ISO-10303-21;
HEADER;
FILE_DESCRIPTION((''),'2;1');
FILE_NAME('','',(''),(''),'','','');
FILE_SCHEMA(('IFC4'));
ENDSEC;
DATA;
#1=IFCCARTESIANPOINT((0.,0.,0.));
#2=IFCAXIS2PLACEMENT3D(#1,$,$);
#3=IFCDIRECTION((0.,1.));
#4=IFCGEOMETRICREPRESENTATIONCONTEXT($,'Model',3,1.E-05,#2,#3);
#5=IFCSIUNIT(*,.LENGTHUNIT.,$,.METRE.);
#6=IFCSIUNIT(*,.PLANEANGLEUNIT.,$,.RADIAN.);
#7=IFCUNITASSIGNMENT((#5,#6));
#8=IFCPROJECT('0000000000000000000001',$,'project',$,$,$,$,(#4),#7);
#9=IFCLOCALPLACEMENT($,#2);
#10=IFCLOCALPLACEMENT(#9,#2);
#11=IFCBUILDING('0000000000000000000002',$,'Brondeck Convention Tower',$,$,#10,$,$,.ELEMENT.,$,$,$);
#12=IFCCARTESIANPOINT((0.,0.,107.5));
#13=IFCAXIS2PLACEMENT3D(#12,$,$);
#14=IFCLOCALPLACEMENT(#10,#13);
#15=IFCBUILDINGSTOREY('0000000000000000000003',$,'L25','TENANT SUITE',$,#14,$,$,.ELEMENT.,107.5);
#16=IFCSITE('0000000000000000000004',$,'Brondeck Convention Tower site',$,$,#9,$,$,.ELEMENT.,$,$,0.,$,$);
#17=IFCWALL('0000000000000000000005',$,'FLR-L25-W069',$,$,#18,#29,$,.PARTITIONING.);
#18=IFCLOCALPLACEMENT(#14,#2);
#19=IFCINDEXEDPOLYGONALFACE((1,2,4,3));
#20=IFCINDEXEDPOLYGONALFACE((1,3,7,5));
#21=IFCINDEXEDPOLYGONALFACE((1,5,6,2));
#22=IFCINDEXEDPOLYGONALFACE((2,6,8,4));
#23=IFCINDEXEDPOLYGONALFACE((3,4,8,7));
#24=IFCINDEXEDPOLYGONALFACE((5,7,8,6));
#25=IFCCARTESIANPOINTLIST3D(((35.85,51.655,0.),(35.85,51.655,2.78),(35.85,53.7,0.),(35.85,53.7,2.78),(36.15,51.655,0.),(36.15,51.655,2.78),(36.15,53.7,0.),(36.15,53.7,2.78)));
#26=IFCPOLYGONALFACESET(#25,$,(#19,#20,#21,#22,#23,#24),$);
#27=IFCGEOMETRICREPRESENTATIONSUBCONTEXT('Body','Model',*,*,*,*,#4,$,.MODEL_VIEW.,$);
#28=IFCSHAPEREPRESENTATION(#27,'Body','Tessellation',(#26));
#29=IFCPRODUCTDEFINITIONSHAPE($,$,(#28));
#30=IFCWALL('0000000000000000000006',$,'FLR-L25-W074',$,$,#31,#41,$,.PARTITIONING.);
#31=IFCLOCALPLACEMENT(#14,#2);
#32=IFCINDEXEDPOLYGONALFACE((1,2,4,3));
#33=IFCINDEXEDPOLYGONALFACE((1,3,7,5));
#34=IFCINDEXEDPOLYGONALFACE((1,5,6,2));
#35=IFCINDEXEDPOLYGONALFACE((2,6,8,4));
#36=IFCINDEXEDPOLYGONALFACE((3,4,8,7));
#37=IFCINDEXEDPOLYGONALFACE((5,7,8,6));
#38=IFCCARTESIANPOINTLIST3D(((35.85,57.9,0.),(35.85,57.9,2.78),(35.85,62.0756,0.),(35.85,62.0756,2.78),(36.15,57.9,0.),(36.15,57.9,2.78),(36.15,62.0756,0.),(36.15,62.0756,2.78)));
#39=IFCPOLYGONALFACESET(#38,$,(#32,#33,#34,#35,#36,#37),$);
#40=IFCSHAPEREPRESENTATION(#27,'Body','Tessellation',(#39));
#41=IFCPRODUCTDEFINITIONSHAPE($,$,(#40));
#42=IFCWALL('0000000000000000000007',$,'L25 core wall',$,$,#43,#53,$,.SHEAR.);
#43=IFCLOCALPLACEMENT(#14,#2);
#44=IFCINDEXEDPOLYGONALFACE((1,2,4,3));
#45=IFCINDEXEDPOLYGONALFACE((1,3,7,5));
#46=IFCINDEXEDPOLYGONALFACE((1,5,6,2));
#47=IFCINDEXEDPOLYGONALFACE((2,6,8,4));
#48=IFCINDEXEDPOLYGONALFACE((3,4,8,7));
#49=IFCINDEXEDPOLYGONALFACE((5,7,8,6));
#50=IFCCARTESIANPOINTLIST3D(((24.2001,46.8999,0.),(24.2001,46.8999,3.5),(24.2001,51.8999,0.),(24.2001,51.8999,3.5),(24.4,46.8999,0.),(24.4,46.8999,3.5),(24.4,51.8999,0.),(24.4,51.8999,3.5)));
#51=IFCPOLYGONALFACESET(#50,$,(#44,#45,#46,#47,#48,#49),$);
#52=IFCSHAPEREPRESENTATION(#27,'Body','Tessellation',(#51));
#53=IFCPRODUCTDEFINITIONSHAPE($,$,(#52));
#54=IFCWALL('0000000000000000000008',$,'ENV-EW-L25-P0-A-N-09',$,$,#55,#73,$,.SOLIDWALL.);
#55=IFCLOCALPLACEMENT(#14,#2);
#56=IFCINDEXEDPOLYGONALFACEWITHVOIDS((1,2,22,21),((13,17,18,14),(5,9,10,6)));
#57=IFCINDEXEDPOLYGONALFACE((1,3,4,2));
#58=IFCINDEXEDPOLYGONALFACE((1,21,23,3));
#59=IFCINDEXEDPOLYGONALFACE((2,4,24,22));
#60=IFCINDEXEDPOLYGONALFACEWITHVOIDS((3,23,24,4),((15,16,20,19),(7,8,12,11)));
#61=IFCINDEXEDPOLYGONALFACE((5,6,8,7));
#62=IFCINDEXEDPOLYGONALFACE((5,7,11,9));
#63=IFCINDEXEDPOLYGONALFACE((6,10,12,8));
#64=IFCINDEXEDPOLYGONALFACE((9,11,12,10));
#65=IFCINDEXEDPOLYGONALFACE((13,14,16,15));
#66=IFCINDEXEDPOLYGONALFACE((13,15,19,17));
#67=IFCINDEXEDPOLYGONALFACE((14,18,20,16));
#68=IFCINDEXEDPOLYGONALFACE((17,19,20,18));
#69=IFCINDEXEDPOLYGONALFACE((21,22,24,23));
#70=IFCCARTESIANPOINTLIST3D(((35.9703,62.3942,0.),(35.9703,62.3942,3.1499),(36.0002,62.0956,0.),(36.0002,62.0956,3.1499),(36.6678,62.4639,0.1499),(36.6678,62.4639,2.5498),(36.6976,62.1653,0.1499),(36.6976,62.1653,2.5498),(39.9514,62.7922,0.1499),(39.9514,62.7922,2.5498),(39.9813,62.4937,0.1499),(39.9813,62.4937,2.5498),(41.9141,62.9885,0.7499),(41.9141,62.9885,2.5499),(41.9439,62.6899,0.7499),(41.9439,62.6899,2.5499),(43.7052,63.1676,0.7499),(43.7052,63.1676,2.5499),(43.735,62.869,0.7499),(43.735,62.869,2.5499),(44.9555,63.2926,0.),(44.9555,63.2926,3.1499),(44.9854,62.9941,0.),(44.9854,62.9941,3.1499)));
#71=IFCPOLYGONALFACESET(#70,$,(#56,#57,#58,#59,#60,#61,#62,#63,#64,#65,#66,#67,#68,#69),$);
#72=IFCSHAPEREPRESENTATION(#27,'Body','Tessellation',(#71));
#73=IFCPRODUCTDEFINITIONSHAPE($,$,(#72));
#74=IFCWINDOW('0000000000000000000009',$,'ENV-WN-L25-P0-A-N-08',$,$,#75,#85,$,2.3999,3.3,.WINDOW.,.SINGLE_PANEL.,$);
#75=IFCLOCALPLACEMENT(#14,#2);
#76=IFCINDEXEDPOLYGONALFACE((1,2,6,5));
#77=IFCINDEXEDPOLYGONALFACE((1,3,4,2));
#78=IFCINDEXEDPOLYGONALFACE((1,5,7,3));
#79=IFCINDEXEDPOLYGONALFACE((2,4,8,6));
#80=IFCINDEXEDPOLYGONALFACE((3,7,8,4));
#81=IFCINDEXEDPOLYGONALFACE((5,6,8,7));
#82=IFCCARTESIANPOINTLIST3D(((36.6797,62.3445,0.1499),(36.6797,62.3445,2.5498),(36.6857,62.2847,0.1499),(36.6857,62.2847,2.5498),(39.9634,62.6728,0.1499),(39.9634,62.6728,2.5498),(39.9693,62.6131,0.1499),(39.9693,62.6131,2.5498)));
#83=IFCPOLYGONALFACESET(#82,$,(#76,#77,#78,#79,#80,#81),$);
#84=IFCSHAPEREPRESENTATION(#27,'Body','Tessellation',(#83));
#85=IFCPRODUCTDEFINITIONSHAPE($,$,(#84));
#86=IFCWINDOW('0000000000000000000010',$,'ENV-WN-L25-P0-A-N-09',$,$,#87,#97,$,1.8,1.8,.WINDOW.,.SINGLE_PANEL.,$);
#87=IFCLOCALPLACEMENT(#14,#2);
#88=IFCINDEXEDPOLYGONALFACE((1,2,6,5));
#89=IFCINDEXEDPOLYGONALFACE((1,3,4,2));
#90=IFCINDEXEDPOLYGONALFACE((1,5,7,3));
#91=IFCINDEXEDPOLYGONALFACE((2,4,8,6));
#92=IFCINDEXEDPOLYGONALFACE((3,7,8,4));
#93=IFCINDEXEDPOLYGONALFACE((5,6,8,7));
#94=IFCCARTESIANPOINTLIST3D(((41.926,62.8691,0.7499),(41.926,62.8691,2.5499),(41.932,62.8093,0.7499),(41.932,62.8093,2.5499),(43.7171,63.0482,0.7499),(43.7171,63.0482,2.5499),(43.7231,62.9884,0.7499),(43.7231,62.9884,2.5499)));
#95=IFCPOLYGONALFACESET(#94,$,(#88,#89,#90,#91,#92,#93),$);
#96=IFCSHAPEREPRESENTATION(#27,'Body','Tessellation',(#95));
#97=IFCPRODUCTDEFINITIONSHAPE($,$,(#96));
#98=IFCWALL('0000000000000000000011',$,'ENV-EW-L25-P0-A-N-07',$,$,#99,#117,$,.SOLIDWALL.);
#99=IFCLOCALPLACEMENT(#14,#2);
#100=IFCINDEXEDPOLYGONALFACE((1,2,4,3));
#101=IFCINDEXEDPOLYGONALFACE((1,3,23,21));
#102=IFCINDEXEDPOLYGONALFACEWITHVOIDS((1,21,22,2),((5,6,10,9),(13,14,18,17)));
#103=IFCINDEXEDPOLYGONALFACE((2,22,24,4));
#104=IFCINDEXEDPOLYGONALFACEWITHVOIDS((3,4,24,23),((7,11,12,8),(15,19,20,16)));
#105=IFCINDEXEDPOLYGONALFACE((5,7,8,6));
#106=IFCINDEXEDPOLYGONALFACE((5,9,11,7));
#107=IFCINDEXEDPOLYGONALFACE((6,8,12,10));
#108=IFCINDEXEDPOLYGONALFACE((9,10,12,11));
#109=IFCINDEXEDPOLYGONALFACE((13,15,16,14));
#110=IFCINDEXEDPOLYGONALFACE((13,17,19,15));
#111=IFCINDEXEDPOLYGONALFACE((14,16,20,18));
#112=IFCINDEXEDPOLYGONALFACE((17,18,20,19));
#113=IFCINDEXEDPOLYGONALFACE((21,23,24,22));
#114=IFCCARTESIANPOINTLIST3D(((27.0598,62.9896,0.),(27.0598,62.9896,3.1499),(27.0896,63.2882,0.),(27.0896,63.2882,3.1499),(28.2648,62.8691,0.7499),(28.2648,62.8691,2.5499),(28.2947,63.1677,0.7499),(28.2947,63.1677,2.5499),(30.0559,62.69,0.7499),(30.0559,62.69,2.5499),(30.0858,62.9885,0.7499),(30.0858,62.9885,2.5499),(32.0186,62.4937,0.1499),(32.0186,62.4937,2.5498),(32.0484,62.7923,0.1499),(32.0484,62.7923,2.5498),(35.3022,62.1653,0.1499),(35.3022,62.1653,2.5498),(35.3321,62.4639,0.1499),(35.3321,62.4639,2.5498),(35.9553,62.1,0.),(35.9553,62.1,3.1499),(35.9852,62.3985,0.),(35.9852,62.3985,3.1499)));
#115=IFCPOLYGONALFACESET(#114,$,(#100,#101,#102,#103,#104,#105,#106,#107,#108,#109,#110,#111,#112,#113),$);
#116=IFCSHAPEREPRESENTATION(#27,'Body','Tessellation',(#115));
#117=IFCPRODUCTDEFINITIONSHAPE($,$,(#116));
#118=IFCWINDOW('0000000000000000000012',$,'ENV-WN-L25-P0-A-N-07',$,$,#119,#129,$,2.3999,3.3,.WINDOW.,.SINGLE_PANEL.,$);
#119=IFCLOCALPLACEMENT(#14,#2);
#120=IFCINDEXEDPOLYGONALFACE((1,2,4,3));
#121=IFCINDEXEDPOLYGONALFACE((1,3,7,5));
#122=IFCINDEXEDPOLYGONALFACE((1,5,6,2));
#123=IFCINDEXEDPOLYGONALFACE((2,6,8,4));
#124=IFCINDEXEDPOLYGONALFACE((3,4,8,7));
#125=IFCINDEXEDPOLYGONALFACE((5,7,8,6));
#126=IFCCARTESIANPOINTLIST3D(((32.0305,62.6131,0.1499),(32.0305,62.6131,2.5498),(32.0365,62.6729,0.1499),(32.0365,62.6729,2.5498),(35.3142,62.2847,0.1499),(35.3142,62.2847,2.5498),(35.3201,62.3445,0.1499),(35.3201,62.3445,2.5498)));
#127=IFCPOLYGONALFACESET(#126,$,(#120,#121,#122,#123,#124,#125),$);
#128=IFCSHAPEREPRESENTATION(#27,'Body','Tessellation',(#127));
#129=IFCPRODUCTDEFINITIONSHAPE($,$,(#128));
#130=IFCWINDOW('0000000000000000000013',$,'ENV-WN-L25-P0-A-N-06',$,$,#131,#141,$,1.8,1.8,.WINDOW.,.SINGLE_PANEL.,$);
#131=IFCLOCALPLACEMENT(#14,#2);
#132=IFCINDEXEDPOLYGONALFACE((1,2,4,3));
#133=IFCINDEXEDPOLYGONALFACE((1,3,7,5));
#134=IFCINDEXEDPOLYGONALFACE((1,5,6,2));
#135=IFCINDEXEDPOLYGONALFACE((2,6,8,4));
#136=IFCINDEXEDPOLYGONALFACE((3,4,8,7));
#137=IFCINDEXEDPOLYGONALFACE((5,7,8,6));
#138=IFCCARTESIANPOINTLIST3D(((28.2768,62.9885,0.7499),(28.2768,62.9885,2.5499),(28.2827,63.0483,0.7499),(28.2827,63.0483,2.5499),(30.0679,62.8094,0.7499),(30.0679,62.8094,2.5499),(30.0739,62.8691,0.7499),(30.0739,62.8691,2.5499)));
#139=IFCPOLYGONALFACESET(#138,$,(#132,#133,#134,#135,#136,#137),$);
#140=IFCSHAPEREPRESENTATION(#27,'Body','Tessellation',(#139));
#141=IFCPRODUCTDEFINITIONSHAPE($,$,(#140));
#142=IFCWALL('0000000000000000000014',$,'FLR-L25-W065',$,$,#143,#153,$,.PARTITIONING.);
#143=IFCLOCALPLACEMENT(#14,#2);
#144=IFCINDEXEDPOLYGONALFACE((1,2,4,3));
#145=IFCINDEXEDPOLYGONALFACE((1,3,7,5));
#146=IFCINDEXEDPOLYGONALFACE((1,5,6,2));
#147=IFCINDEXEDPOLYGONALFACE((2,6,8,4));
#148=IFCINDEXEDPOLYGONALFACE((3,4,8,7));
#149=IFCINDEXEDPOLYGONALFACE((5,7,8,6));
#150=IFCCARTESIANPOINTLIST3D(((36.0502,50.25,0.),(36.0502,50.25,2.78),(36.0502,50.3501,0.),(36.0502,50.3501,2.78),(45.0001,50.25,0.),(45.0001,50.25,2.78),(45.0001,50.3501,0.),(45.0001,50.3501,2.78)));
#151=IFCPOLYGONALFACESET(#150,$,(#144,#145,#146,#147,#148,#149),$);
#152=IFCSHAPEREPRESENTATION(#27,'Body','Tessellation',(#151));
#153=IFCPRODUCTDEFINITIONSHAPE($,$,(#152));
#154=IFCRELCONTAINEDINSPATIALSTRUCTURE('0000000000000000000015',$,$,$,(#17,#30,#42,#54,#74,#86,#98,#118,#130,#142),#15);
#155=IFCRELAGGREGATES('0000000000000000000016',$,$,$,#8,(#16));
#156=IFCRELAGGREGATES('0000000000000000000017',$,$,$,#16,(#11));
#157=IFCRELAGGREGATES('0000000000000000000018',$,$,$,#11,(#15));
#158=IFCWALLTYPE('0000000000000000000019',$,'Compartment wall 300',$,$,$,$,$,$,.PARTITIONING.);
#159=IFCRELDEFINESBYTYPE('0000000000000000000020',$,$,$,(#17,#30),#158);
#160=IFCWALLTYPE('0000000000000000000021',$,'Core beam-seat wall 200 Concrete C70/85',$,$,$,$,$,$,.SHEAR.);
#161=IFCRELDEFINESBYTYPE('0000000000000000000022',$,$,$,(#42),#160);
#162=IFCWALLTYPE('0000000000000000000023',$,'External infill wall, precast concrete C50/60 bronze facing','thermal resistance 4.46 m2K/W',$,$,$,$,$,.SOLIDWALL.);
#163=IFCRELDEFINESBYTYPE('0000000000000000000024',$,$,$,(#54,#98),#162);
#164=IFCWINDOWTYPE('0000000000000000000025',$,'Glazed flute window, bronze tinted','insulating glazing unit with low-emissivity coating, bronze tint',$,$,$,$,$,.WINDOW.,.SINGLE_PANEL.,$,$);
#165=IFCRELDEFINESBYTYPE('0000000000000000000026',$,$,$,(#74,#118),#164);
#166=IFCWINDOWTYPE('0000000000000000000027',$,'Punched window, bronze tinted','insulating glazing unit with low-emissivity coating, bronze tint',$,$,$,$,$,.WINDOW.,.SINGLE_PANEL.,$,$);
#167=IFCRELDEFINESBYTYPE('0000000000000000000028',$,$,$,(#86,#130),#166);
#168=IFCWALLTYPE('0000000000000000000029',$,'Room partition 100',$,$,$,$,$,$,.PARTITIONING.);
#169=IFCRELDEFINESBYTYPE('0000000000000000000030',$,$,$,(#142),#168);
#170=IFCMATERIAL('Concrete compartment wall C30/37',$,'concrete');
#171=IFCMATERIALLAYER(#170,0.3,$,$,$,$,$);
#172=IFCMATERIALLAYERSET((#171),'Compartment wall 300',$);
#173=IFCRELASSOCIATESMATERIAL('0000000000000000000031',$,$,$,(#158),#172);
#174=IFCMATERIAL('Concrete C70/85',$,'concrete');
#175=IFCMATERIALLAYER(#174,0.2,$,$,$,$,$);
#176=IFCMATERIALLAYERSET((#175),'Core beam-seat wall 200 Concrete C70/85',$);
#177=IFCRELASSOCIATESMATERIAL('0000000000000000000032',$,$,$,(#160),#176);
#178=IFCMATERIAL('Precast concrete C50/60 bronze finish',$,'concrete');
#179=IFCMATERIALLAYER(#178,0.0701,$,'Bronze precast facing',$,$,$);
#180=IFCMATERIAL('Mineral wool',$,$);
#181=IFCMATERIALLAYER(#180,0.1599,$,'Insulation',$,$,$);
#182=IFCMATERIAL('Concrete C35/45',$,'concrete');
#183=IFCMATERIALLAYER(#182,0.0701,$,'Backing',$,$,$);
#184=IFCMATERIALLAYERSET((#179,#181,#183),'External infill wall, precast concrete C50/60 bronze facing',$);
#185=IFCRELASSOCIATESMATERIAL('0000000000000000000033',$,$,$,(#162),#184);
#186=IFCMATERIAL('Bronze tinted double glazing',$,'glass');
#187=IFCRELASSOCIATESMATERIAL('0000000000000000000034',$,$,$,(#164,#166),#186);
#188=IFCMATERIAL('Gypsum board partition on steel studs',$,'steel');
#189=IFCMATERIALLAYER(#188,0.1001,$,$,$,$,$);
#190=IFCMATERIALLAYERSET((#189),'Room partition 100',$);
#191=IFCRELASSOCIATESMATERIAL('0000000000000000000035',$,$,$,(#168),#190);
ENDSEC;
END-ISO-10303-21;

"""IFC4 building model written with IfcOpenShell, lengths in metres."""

from ifc_helpers import new_model, si_unit, direction, frame, frame_2d, origin, place, context, subcontext, project, spatial, rectangle, extrude, material, layer, layer_set, type_object, element, fill, save


model = new_model("IFC4")

# Units and contexts
model_context = context("Model", 3, precision=1e-05, world=origin(), true_north=direction((0.0, 1.0)))
body_context = subcontext(model_context, "Body", "Model", "MODEL_VIEW")
ifc_project = project(units=[si_unit("LENGTHUNIT", "METRE"), si_unit("PLANEANGLEUNIT", "RADIAN")], contexts=[model_context])

# Site, building, storey
site_placement = place(None, origin())
site = spatial("IfcSite", under=ifc_project, at=site_placement, Name="Brondeck Convention Tower site", CompositionType="ELEMENT", RefElevation=0.0)
building_placement = place(site_placement, origin())
building = spatial("IfcBuilding", under=site, at=building_placement, Name="Brondeck Convention Tower", CompositionType="ELEMENT")
storey_placement = place(building_placement, frame((0.0, 0.0, 107.5)))
storey = spatial("IfcBuildingStorey", under=building, at=storey_placement, Name="L25", Description="TENANT SUITE", CompositionType="ELEMENT", Elevation=107.5)

# Shared definitions
ifc_material_1 = material(Name="Concrete C70/85", Category="concrete")

# Walls
ifc_material_2 = material(Name="Concrete compartment wall C30/37", Category="concrete")
ifc_layer_1 = layer(ifc_material_2, 0.3)
ifc_layer_set_1 = layer_set([ifc_layer_1], Name="Compartment wall 300")
wall_type_1 = type_object("IfcWallType", Name="Compartment wall 300", PredefinedType="PARTITIONING", material=ifc_layer_set_1)
wall_1_placement = place(storey_placement, frame((36.0, 51.655, 0.0), z_axis=(0.0, 0.0, 1.0), x_axis=(0.0, 1.0, 0.0)))
element("IfcWall", 1, at=wall_1_placement, inside=storey, type_object=wall_type_1, Name="FLR-L25-W069", PredefinedType="PARTITIONING", context=body_context, shape_type="SweptSolid", body=[
    extrude(rectangle(XDim=2.0449, YDim=0.3, at=frame_2d((1.0225, 0.0))), origin(), (0.0, 0.0, 1.0), 2.78),
])
wall_2_placement = place(storey_placement, frame((36.0, 57.8999, 0.0), z_axis=(0.0, 0.0, 1.0), x_axis=(0.0, 1.0, 0.0)))
element("IfcWall", 2, at=wall_2_placement, inside=storey, type_object=wall_type_1, Name="FLR-L25-W074", PredefinedType="PARTITIONING", context=body_context, shape_type="SweptSolid", body=[
    extrude(rectangle(XDim=4.1755, YDim=0.3, at=frame_2d((2.0879, 0.0))), origin(), (0.0, 0.0, 1.0), 2.78),
])
ifc_layer_2 = layer(ifc_material_1, 0.2)
ifc_layer_set_2 = layer_set([ifc_layer_2], Name="Core beam-seat wall 200 Concrete C70/85")
wall_type_2 = type_object("IfcWallType", Name="Core beam-seat wall 200 Concrete C70/85", PredefinedType="SHEAR", material=ifc_layer_set_2)
wall_3_placement = place(storey_placement, frame((24.3, 46.8999, 0.0), z_axis=(0.0, 0.0, 1.0), x_axis=(0.0, 1.0, 0.0)))
element("IfcWall", 3, at=wall_3_placement, inside=storey, type_object=wall_type_2, Name="L25 core wall", PredefinedType="SHEAR", context=body_context, shape_type="SweptSolid", body=[
    extrude(rectangle(XDim=5.0, YDim=0.2, at=frame_2d((2.5, 0.0))), origin(), (0.0, 0.0, 1.0), 3.5),
])

# Walls, openings, windows
ifc_material_3 = material(Name="Precast concrete C50/60 bronze finish", Category="concrete")
ifc_layer_3 = layer(ifc_material_3, 0.0701, Name="Bronze precast facing")
ifc_material_4 = material(Name="Mineral wool")
ifc_layer_4 = layer(ifc_material_4, 0.1599, Name="Insulation")
ifc_material_5 = material(Name="Concrete C35/45", Category="concrete")
ifc_layer_5 = layer(ifc_material_5, 0.0701, Name="Backing")
ifc_layer_set_3 = layer_set([ifc_layer_3, ifc_layer_4, ifc_layer_5], Name="External infill wall, precast concrete C50/60 bronze facing")
wall_type_3 = type_object("IfcWallType", Name="External infill wall, precast concrete C50/60 bronze facing", Description="thermal resistance 4.46 m2K/W", PredefinedType="SOLIDWALL", material=ifc_layer_set_3)
wall_4_placement = place(storey_placement, frame((35.9851, 62.2449, 0.0), z_axis=(0.0, 0.0, 1.0), x_axis=(0.995038, 0.099496, 0.0)))
wall_4 = element("IfcWall", 4, at=wall_4_placement, inside=storey, type_object=wall_type_3, Name="ENV-EW-L25-P0-A-N-09", PredefinedType="SOLIDWALL", context=body_context, shape_type="SweptSolid", body=[
    extrude(rectangle(XDim=9.03, YDim=0.3, at=frame_2d((4.5151, 0.0))), origin(), (0.0, 0.0, 1.0), 3.1499),
])
opening_1_placement = place(wall_4_placement, frame((0.7012, 0.0, 0.1499)))
opening_1 = element("IfcOpeningElement", 5, at=opening_1_placement, cuts=wall_4, PredefinedType="OPENING", context=body_context, shape_type="SweptSolid", body=[
    extrude(rectangle(XDim=3.3, YDim=2.3999, at=frame_2d((1.6499, 1.2))), frame((0.0, 0.1599, 0.0), z_axis=(0.0, -1.0, 0.0), x_axis=(1.0, 0.0, 0.0)), (0.0, 0.0, 1.0), 0.3201),
])
opening_2_placement = place(wall_4_placement, frame((5.9736, 0.0, 0.75)))
opening_2 = element("IfcOpeningElement", 6, at=opening_2_placement, cuts=wall_4, PredefinedType="OPENING", context=body_context, shape_type="SweptSolid", body=[
    extrude(rectangle(XDim=1.8, YDim=1.8, at=frame_2d((0.8999, 0.8999))), frame((0.0, 0.1599, 0.0), z_axis=(0.0, -1.0, 0.0), x_axis=(1.0, 0.0, 0.0)), (0.0, 0.0, 1.0), 0.3201),
])
ifc_material_6 = material(Name="Bronze tinted double glazing", Category="glass")
window_type_1 = type_object("IfcWindowType", Name="Glazed flute window, bronze tinted", Description="insulating glazing unit with low-emissivity coating, bronze tint", PartitioningType="SINGLE_PANEL", PredefinedType="WINDOW", material=ifc_material_6)
window_1_placement = place(opening_1_placement, origin())
window_1 = element("IfcWindow", 7, at=window_1_placement, inside=storey, type_object=window_type_1, Name="ENV-WN-L25-P0-A-N-08", OverallHeight=2.3999, OverallWidth=3.3, PartitioningType="SINGLE_PANEL", PredefinedType="WINDOW", context=body_context, shape_type="SweptSolid", body=[
    extrude(rectangle(XDim=3.3, YDim=2.3999, at=frame_2d((1.6499, 1.2))), frame((0.0, 0.03, 0.0), z_axis=(0.0, -1.0, 0.0), x_axis=(1.0, 0.0, 0.0)), (0.0, 0.0, 1.0), 0.0601),
])
fill(opening_1, window_1)
window_type_2 = type_object("IfcWindowType", Name="Punched window, bronze tinted", Description="insulating glazing unit with low-emissivity coating, bronze tint", PartitioningType="SINGLE_PANEL", PredefinedType="WINDOW", material=ifc_material_6)
window_2_placement = place(opening_2_placement, origin())
window_2 = element("IfcWindow", 8, at=window_2_placement, inside=storey, type_object=window_type_2, Name="ENV-WN-L25-P0-A-N-09", OverallHeight=1.8, OverallWidth=1.8, PartitioningType="SINGLE_PANEL", PredefinedType="WINDOW", context=body_context, shape_type="SweptSolid", body=[
    extrude(rectangle(XDim=1.8, YDim=1.8, at=frame_2d((0.8999, 0.8999))), frame((0.0, 0.03, 0.0), z_axis=(0.0, -1.0, 0.0), x_axis=(1.0, 0.0, 0.0)), (0.0, 0.0, 1.0), 0.0601),
])
fill(opening_2, window_2)
wall_5_placement = place(storey_placement, frame((27.0747, 63.1389, 0.0), z_axis=(0.0, 0.0, 1.0), x_axis=(0.995036, -0.099515, 0.0)))
wall_5 = element("IfcWall", 9, at=wall_5_placement, inside=storey, type_object=wall_type_3, Name="ENV-EW-L25-P0-A-N-07", PredefinedType="SOLIDWALL", context=body_context, shape_type="SweptSolid", body=[
    extrude(rectangle(XDim=8.9399, YDim=0.3, at=frame_2d((4.47, 0.0))), origin(), (0.0, 0.0, 1.0), 3.1499),
])
opening_3_placement = place(wall_5_placement, frame((1.2112, 0.0, 0.75)))
opening_3 = element("IfcOpeningElement", 10, at=opening_3_placement, cuts=wall_5, PredefinedType="OPENING", context=body_context, shape_type="SweptSolid", body=[
    extrude(rectangle(XDim=1.8, YDim=1.8, at=frame_2d((0.8999, 0.8999))), frame((0.0, 0.1599, 0.0), z_axis=(0.0, -1.0, 0.0), x_axis=(1.0, 0.0, 0.0)), (0.0, 0.0, 1.0), 0.3201),
])
opening_4_placement = place(wall_5_placement, frame((4.9836, 0.0, 0.1499)))
opening_4 = element("IfcOpeningElement", 11, at=opening_4_placement, cuts=wall_5, PredefinedType="OPENING", context=body_context, shape_type="SweptSolid", body=[
    extrude(rectangle(XDim=3.3, YDim=2.3999, at=frame_2d((1.6499, 1.2))), frame((0.0, 0.1599, 0.0), z_axis=(0.0, -1.0, 0.0), x_axis=(1.0, 0.0, 0.0)), (0.0, 0.0, 1.0), 0.3201),
])
window_3_placement = place(opening_4_placement, origin())
window_3 = element("IfcWindow", 12, at=window_3_placement, inside=storey, type_object=window_type_1, Name="ENV-WN-L25-P0-A-N-07", OverallHeight=2.3999, OverallWidth=3.3, PartitioningType="SINGLE_PANEL", PredefinedType="WINDOW", context=body_context, shape_type="SweptSolid", body=[
    extrude(rectangle(XDim=3.3, YDim=2.3999, at=frame_2d((1.6499, 1.2))), frame((0.0, 0.03, 0.0), z_axis=(0.0, -1.0, 0.0), x_axis=(1.0, 0.0, 0.0)), (0.0, 0.0, 1.0), 0.0601),
])
fill(opening_4, window_3)
window_4_placement = place(opening_3_placement, origin())
window_4 = element("IfcWindow", 13, at=window_4_placement, inside=storey, type_object=window_type_2, Name="ENV-WN-L25-P0-A-N-06", OverallHeight=1.8, OverallWidth=1.8, PartitioningType="SINGLE_PANEL", PredefinedType="WINDOW", context=body_context, shape_type="SweptSolid", body=[
    extrude(rectangle(XDim=1.8, YDim=1.8, at=frame_2d((0.8999, 0.8999))), frame((0.0, 0.03, 0.0), z_axis=(0.0, -1.0, 0.0), x_axis=(1.0, 0.0, 0.0)), (0.0, 0.0, 1.0), 0.0601),
])
fill(opening_3, window_4)

# Wall
ifc_material_7 = material(Name="Gypsum board partition on steel studs", Category="steel")
ifc_layer_6 = layer(ifc_material_7, 0.1001)
ifc_layer_set_4 = layer_set([ifc_layer_6], Name="Room partition 100")
wall_type_4 = type_object("IfcWallType", Name="Room partition 100", PredefinedType="PARTITIONING", material=ifc_layer_set_4)
wall_6_placement = place(storey_placement, frame((36.05, 50.3, 0.0), z_axis=(0.0, 0.0, 1.0), x_axis=(1.0, 0.0, 0.0)))
element("IfcWall", 14, at=wall_6_placement, inside=storey, type_object=wall_type_4, Name="FLR-L25-W065", PredefinedType="PARTITIONING", context=body_context, shape_type="SweptSolid", body=[
    extrude(rectangle(XDim=8.95, YDim=0.1001, at=frame_2d((4.4751, 0.0))), origin(), (0.0, 0.0, 1.0), 2.78),
])

save(model, "model.ifc")
